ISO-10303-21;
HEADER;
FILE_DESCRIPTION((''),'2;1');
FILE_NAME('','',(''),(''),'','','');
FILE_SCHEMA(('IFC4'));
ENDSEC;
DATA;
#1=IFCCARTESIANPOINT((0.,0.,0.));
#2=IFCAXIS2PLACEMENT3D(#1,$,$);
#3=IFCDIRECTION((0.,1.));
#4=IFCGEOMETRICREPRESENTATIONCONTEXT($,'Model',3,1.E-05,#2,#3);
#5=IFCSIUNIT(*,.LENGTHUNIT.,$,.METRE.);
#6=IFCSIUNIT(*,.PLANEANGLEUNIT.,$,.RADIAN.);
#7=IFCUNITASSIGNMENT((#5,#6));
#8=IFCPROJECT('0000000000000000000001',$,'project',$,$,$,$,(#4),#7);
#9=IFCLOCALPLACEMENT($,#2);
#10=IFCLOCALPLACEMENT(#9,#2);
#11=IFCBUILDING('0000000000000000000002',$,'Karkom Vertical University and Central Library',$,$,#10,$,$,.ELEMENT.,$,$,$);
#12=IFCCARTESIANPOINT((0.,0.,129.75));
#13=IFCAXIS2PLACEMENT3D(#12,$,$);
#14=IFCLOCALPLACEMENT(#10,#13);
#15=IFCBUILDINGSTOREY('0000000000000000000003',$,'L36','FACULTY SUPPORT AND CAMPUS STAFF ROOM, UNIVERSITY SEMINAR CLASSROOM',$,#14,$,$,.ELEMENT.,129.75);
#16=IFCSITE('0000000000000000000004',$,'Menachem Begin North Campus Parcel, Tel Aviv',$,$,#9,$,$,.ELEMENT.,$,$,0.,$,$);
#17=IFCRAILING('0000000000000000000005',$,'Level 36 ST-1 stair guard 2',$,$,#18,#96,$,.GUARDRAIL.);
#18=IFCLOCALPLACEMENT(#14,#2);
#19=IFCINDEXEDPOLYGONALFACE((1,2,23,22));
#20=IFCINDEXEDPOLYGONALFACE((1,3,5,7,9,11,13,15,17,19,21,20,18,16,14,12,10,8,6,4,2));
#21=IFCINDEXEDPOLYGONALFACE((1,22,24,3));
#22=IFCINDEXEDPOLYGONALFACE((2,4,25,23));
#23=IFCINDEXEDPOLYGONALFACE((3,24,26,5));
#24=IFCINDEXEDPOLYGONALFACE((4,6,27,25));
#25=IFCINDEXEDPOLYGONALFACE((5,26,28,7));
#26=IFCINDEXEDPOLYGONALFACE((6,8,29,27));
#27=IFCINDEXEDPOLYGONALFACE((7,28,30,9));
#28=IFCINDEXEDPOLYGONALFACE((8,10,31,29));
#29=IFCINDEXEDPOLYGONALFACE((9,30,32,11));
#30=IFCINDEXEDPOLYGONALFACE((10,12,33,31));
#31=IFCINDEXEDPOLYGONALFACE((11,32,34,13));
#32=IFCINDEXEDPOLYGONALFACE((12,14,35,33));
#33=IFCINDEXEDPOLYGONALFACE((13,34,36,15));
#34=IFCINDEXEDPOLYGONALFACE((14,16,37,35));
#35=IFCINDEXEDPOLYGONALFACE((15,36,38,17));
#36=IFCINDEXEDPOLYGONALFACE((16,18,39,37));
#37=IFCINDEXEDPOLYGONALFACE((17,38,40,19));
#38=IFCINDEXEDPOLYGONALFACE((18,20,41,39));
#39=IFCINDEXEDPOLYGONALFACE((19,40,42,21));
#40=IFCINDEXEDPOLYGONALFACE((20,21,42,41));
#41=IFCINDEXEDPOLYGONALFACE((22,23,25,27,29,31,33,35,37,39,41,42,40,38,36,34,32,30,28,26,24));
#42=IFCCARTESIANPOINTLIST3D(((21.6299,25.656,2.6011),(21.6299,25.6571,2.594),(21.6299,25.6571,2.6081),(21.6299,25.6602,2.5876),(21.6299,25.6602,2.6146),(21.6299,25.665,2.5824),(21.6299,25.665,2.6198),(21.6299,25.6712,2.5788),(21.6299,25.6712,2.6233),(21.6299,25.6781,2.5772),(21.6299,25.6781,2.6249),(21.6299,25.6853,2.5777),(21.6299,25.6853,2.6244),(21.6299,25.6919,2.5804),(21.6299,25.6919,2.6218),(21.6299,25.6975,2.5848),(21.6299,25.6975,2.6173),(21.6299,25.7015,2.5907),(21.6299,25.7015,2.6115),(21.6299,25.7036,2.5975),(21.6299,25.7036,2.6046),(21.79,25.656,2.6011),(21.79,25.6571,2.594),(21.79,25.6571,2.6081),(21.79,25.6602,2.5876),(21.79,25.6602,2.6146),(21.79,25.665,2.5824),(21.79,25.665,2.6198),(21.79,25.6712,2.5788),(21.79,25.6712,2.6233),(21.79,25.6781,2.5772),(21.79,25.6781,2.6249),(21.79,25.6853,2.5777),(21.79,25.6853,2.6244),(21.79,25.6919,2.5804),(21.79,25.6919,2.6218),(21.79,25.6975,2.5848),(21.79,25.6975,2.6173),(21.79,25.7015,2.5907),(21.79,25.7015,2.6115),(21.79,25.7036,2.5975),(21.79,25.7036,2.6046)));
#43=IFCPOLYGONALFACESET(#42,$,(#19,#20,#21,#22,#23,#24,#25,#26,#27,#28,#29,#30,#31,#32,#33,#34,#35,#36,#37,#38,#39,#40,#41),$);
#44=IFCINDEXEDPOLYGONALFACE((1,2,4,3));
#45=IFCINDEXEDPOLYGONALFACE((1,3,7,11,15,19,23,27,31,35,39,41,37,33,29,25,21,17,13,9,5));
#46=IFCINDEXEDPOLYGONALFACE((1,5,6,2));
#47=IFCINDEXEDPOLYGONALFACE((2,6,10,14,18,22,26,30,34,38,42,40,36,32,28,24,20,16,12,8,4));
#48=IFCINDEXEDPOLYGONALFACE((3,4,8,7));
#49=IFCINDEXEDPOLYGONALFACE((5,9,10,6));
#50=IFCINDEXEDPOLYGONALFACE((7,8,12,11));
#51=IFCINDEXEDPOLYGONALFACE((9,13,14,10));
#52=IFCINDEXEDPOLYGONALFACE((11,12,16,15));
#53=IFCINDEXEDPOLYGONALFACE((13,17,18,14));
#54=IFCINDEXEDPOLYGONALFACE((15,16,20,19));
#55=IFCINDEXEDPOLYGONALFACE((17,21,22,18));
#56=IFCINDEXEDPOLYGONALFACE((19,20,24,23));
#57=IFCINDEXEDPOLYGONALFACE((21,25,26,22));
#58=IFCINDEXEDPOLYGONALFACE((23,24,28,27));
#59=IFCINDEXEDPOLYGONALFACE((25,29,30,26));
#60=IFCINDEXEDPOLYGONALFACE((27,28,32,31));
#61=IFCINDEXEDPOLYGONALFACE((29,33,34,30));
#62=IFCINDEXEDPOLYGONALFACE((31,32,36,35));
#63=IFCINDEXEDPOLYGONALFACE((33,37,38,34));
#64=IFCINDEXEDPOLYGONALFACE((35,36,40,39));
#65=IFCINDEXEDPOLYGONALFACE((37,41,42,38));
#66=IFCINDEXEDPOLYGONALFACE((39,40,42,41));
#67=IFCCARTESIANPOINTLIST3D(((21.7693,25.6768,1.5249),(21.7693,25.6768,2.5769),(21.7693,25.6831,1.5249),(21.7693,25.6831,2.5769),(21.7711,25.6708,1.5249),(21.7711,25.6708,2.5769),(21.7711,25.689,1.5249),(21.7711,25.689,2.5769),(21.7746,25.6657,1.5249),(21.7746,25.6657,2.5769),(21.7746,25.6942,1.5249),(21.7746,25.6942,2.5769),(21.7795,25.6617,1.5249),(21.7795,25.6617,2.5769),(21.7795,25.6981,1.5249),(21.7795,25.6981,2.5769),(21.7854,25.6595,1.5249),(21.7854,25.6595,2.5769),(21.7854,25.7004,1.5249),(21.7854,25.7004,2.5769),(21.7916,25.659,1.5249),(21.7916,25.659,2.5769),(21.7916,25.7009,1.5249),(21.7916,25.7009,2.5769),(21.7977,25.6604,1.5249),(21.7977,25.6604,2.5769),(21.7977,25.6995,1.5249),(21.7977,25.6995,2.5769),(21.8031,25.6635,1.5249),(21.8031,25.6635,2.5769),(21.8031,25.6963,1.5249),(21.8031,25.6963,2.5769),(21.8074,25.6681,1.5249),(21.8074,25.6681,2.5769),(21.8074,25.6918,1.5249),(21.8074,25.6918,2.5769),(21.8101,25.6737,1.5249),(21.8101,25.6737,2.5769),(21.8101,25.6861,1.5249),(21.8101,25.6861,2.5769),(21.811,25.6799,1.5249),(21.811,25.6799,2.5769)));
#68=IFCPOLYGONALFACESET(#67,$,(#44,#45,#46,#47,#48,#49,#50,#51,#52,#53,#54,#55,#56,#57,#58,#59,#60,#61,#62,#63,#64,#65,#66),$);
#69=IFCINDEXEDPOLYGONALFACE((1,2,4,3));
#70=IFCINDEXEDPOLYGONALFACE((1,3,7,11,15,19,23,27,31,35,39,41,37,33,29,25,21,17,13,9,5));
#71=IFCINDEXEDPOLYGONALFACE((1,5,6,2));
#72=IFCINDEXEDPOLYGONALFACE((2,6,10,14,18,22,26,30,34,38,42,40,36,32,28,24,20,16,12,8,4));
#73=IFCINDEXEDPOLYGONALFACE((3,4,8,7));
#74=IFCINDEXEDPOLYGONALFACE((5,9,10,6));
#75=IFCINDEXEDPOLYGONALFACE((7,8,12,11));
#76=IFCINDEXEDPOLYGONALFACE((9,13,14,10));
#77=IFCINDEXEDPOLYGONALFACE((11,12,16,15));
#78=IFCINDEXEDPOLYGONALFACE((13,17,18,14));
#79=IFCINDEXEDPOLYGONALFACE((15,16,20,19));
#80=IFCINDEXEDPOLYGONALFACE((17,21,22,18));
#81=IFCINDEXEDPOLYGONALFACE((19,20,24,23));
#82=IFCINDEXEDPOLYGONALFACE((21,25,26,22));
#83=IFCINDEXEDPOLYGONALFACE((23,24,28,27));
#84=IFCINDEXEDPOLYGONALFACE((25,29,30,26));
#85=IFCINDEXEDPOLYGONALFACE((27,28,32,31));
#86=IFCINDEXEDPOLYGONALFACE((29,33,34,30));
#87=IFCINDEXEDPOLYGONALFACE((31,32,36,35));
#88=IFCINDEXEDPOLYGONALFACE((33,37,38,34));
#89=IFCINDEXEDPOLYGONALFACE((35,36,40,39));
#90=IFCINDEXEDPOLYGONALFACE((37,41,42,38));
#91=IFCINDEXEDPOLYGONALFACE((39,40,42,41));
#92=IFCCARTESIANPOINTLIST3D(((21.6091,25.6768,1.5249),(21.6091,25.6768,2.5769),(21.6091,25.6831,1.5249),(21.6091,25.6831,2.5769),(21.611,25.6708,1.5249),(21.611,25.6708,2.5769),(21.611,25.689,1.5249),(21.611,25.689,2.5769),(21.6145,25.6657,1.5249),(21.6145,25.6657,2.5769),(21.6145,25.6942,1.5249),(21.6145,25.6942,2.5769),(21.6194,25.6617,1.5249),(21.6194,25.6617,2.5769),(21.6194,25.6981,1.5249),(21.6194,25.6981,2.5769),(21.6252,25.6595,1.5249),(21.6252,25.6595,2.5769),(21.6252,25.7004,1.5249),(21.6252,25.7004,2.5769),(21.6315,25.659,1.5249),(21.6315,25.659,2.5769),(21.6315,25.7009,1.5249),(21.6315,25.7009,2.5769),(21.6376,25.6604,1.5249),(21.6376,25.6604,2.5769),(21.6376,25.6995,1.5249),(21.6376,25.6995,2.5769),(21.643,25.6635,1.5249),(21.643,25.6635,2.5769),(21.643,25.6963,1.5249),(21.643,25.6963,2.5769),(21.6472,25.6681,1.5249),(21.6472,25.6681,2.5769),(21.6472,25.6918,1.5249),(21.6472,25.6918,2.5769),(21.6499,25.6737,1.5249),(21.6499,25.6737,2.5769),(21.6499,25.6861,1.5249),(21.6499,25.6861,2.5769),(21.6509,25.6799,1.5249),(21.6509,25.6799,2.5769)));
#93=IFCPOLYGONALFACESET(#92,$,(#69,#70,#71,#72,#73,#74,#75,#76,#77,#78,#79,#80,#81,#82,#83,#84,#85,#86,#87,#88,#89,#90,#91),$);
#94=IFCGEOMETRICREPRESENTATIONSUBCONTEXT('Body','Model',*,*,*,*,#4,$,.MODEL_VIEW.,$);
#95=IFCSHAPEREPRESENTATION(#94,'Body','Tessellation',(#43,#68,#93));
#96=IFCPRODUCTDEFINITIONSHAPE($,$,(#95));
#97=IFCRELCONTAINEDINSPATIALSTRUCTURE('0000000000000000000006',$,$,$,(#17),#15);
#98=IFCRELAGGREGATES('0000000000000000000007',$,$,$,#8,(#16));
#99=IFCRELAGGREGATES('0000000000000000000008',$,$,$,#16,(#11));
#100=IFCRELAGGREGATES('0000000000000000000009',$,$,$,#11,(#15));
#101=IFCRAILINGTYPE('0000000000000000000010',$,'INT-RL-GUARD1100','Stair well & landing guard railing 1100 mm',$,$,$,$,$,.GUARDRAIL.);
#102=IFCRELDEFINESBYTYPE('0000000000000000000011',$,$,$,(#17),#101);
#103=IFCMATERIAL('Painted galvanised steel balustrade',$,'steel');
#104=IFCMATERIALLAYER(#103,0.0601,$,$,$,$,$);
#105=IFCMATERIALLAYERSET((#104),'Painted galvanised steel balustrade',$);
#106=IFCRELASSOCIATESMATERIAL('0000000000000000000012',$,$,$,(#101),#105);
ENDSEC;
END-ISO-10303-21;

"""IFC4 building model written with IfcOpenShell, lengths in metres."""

from ifc_helpers import new_model, si_unit, direction, frame, origin, origin_2d, place, context, subcontext, project, spatial, circle, extrude, material, layer, layer_set, type_object, element, save


model = new_model("IFC4")

# Units and contexts
model_context = context("Model", 3, precision=1e-05, world=origin(), true_north=direction((0.0, 1.0)))
body_context = subcontext(model_context, "Body", "Model", "MODEL_VIEW")
ifc_project = project(units=[si_unit("LENGTHUNIT", "METRE"), si_unit("PLANEANGLEUNIT", "RADIAN")], contexts=[model_context])

# Site, building, storey
site_placement = place(None, origin())
site = spatial("IfcSite", under=ifc_project, at=site_placement, Name="Menachem Begin North Campus Parcel, Tel Aviv", CompositionType="ELEMENT", RefElevation=0.0)
building_placement = place(site_placement, origin())
building = spatial("IfcBuilding", under=site, at=building_placement, Name="Karkom Vertical University and Central Library", CompositionType="ELEMENT")
storey_placement = place(building_placement, frame((0.0, 0.0, 129.75)))
storey = spatial("IfcBuildingStorey", under=building, at=storey_placement, Name="L36", Description="FACULTY SUPPORT AND CAMPUS STAFF ROOM, UNIVERSITY SEMINAR CLASSROOM", CompositionType="ELEMENT", Elevation=129.75)

# Railing
ifc_material_1 = material(Name="Painted galvanised steel balustrade", Category="steel")
ifc_layer_1 = layer(ifc_material_1, 0.0601)
ifc_layer_set_1 = layer_set([ifc_layer_1], Name="Painted galvanised steel balustrade")
railing_type = type_object("IfcRailingType", Name="INT-RL-GUARD1100", Description="Stair well & landing guard railing 1100 mm", PredefinedType="GUARDRAIL", material=ifc_layer_set_1)
railing_placement = place(storey_placement, frame((21.79, 25.6799, 1.5249)))
element("IfcRailing", 1, at=railing_placement, inside=storey, type_object=railing_type, Name="Level 36 ST-1 stair guard 2", PredefinedType="GUARDRAIL", context=body_context, shape_type="SweptSolid", body=[
    extrude(circle(Radius=0.0239, at=origin_2d()), frame((0.0, 0.0, 1.0762), z_axis=(-1.0, 0.0, 0.0), x_axis=(0.0, -1.0, 0.0)), (0.0, 0.0, 1.0), 0.1602),
    extrude(circle(Radius=0.021, at=origin_2d()), origin(), (0.0, 0.0, 1.0), 1.052),
    extrude(circle(Radius=0.021, at=origin_2d()), frame((-0.1602, 0.0, 0.0)), (0.0, 0.0, 1.0), 1.052),
])

save(model, "model.ifc")
